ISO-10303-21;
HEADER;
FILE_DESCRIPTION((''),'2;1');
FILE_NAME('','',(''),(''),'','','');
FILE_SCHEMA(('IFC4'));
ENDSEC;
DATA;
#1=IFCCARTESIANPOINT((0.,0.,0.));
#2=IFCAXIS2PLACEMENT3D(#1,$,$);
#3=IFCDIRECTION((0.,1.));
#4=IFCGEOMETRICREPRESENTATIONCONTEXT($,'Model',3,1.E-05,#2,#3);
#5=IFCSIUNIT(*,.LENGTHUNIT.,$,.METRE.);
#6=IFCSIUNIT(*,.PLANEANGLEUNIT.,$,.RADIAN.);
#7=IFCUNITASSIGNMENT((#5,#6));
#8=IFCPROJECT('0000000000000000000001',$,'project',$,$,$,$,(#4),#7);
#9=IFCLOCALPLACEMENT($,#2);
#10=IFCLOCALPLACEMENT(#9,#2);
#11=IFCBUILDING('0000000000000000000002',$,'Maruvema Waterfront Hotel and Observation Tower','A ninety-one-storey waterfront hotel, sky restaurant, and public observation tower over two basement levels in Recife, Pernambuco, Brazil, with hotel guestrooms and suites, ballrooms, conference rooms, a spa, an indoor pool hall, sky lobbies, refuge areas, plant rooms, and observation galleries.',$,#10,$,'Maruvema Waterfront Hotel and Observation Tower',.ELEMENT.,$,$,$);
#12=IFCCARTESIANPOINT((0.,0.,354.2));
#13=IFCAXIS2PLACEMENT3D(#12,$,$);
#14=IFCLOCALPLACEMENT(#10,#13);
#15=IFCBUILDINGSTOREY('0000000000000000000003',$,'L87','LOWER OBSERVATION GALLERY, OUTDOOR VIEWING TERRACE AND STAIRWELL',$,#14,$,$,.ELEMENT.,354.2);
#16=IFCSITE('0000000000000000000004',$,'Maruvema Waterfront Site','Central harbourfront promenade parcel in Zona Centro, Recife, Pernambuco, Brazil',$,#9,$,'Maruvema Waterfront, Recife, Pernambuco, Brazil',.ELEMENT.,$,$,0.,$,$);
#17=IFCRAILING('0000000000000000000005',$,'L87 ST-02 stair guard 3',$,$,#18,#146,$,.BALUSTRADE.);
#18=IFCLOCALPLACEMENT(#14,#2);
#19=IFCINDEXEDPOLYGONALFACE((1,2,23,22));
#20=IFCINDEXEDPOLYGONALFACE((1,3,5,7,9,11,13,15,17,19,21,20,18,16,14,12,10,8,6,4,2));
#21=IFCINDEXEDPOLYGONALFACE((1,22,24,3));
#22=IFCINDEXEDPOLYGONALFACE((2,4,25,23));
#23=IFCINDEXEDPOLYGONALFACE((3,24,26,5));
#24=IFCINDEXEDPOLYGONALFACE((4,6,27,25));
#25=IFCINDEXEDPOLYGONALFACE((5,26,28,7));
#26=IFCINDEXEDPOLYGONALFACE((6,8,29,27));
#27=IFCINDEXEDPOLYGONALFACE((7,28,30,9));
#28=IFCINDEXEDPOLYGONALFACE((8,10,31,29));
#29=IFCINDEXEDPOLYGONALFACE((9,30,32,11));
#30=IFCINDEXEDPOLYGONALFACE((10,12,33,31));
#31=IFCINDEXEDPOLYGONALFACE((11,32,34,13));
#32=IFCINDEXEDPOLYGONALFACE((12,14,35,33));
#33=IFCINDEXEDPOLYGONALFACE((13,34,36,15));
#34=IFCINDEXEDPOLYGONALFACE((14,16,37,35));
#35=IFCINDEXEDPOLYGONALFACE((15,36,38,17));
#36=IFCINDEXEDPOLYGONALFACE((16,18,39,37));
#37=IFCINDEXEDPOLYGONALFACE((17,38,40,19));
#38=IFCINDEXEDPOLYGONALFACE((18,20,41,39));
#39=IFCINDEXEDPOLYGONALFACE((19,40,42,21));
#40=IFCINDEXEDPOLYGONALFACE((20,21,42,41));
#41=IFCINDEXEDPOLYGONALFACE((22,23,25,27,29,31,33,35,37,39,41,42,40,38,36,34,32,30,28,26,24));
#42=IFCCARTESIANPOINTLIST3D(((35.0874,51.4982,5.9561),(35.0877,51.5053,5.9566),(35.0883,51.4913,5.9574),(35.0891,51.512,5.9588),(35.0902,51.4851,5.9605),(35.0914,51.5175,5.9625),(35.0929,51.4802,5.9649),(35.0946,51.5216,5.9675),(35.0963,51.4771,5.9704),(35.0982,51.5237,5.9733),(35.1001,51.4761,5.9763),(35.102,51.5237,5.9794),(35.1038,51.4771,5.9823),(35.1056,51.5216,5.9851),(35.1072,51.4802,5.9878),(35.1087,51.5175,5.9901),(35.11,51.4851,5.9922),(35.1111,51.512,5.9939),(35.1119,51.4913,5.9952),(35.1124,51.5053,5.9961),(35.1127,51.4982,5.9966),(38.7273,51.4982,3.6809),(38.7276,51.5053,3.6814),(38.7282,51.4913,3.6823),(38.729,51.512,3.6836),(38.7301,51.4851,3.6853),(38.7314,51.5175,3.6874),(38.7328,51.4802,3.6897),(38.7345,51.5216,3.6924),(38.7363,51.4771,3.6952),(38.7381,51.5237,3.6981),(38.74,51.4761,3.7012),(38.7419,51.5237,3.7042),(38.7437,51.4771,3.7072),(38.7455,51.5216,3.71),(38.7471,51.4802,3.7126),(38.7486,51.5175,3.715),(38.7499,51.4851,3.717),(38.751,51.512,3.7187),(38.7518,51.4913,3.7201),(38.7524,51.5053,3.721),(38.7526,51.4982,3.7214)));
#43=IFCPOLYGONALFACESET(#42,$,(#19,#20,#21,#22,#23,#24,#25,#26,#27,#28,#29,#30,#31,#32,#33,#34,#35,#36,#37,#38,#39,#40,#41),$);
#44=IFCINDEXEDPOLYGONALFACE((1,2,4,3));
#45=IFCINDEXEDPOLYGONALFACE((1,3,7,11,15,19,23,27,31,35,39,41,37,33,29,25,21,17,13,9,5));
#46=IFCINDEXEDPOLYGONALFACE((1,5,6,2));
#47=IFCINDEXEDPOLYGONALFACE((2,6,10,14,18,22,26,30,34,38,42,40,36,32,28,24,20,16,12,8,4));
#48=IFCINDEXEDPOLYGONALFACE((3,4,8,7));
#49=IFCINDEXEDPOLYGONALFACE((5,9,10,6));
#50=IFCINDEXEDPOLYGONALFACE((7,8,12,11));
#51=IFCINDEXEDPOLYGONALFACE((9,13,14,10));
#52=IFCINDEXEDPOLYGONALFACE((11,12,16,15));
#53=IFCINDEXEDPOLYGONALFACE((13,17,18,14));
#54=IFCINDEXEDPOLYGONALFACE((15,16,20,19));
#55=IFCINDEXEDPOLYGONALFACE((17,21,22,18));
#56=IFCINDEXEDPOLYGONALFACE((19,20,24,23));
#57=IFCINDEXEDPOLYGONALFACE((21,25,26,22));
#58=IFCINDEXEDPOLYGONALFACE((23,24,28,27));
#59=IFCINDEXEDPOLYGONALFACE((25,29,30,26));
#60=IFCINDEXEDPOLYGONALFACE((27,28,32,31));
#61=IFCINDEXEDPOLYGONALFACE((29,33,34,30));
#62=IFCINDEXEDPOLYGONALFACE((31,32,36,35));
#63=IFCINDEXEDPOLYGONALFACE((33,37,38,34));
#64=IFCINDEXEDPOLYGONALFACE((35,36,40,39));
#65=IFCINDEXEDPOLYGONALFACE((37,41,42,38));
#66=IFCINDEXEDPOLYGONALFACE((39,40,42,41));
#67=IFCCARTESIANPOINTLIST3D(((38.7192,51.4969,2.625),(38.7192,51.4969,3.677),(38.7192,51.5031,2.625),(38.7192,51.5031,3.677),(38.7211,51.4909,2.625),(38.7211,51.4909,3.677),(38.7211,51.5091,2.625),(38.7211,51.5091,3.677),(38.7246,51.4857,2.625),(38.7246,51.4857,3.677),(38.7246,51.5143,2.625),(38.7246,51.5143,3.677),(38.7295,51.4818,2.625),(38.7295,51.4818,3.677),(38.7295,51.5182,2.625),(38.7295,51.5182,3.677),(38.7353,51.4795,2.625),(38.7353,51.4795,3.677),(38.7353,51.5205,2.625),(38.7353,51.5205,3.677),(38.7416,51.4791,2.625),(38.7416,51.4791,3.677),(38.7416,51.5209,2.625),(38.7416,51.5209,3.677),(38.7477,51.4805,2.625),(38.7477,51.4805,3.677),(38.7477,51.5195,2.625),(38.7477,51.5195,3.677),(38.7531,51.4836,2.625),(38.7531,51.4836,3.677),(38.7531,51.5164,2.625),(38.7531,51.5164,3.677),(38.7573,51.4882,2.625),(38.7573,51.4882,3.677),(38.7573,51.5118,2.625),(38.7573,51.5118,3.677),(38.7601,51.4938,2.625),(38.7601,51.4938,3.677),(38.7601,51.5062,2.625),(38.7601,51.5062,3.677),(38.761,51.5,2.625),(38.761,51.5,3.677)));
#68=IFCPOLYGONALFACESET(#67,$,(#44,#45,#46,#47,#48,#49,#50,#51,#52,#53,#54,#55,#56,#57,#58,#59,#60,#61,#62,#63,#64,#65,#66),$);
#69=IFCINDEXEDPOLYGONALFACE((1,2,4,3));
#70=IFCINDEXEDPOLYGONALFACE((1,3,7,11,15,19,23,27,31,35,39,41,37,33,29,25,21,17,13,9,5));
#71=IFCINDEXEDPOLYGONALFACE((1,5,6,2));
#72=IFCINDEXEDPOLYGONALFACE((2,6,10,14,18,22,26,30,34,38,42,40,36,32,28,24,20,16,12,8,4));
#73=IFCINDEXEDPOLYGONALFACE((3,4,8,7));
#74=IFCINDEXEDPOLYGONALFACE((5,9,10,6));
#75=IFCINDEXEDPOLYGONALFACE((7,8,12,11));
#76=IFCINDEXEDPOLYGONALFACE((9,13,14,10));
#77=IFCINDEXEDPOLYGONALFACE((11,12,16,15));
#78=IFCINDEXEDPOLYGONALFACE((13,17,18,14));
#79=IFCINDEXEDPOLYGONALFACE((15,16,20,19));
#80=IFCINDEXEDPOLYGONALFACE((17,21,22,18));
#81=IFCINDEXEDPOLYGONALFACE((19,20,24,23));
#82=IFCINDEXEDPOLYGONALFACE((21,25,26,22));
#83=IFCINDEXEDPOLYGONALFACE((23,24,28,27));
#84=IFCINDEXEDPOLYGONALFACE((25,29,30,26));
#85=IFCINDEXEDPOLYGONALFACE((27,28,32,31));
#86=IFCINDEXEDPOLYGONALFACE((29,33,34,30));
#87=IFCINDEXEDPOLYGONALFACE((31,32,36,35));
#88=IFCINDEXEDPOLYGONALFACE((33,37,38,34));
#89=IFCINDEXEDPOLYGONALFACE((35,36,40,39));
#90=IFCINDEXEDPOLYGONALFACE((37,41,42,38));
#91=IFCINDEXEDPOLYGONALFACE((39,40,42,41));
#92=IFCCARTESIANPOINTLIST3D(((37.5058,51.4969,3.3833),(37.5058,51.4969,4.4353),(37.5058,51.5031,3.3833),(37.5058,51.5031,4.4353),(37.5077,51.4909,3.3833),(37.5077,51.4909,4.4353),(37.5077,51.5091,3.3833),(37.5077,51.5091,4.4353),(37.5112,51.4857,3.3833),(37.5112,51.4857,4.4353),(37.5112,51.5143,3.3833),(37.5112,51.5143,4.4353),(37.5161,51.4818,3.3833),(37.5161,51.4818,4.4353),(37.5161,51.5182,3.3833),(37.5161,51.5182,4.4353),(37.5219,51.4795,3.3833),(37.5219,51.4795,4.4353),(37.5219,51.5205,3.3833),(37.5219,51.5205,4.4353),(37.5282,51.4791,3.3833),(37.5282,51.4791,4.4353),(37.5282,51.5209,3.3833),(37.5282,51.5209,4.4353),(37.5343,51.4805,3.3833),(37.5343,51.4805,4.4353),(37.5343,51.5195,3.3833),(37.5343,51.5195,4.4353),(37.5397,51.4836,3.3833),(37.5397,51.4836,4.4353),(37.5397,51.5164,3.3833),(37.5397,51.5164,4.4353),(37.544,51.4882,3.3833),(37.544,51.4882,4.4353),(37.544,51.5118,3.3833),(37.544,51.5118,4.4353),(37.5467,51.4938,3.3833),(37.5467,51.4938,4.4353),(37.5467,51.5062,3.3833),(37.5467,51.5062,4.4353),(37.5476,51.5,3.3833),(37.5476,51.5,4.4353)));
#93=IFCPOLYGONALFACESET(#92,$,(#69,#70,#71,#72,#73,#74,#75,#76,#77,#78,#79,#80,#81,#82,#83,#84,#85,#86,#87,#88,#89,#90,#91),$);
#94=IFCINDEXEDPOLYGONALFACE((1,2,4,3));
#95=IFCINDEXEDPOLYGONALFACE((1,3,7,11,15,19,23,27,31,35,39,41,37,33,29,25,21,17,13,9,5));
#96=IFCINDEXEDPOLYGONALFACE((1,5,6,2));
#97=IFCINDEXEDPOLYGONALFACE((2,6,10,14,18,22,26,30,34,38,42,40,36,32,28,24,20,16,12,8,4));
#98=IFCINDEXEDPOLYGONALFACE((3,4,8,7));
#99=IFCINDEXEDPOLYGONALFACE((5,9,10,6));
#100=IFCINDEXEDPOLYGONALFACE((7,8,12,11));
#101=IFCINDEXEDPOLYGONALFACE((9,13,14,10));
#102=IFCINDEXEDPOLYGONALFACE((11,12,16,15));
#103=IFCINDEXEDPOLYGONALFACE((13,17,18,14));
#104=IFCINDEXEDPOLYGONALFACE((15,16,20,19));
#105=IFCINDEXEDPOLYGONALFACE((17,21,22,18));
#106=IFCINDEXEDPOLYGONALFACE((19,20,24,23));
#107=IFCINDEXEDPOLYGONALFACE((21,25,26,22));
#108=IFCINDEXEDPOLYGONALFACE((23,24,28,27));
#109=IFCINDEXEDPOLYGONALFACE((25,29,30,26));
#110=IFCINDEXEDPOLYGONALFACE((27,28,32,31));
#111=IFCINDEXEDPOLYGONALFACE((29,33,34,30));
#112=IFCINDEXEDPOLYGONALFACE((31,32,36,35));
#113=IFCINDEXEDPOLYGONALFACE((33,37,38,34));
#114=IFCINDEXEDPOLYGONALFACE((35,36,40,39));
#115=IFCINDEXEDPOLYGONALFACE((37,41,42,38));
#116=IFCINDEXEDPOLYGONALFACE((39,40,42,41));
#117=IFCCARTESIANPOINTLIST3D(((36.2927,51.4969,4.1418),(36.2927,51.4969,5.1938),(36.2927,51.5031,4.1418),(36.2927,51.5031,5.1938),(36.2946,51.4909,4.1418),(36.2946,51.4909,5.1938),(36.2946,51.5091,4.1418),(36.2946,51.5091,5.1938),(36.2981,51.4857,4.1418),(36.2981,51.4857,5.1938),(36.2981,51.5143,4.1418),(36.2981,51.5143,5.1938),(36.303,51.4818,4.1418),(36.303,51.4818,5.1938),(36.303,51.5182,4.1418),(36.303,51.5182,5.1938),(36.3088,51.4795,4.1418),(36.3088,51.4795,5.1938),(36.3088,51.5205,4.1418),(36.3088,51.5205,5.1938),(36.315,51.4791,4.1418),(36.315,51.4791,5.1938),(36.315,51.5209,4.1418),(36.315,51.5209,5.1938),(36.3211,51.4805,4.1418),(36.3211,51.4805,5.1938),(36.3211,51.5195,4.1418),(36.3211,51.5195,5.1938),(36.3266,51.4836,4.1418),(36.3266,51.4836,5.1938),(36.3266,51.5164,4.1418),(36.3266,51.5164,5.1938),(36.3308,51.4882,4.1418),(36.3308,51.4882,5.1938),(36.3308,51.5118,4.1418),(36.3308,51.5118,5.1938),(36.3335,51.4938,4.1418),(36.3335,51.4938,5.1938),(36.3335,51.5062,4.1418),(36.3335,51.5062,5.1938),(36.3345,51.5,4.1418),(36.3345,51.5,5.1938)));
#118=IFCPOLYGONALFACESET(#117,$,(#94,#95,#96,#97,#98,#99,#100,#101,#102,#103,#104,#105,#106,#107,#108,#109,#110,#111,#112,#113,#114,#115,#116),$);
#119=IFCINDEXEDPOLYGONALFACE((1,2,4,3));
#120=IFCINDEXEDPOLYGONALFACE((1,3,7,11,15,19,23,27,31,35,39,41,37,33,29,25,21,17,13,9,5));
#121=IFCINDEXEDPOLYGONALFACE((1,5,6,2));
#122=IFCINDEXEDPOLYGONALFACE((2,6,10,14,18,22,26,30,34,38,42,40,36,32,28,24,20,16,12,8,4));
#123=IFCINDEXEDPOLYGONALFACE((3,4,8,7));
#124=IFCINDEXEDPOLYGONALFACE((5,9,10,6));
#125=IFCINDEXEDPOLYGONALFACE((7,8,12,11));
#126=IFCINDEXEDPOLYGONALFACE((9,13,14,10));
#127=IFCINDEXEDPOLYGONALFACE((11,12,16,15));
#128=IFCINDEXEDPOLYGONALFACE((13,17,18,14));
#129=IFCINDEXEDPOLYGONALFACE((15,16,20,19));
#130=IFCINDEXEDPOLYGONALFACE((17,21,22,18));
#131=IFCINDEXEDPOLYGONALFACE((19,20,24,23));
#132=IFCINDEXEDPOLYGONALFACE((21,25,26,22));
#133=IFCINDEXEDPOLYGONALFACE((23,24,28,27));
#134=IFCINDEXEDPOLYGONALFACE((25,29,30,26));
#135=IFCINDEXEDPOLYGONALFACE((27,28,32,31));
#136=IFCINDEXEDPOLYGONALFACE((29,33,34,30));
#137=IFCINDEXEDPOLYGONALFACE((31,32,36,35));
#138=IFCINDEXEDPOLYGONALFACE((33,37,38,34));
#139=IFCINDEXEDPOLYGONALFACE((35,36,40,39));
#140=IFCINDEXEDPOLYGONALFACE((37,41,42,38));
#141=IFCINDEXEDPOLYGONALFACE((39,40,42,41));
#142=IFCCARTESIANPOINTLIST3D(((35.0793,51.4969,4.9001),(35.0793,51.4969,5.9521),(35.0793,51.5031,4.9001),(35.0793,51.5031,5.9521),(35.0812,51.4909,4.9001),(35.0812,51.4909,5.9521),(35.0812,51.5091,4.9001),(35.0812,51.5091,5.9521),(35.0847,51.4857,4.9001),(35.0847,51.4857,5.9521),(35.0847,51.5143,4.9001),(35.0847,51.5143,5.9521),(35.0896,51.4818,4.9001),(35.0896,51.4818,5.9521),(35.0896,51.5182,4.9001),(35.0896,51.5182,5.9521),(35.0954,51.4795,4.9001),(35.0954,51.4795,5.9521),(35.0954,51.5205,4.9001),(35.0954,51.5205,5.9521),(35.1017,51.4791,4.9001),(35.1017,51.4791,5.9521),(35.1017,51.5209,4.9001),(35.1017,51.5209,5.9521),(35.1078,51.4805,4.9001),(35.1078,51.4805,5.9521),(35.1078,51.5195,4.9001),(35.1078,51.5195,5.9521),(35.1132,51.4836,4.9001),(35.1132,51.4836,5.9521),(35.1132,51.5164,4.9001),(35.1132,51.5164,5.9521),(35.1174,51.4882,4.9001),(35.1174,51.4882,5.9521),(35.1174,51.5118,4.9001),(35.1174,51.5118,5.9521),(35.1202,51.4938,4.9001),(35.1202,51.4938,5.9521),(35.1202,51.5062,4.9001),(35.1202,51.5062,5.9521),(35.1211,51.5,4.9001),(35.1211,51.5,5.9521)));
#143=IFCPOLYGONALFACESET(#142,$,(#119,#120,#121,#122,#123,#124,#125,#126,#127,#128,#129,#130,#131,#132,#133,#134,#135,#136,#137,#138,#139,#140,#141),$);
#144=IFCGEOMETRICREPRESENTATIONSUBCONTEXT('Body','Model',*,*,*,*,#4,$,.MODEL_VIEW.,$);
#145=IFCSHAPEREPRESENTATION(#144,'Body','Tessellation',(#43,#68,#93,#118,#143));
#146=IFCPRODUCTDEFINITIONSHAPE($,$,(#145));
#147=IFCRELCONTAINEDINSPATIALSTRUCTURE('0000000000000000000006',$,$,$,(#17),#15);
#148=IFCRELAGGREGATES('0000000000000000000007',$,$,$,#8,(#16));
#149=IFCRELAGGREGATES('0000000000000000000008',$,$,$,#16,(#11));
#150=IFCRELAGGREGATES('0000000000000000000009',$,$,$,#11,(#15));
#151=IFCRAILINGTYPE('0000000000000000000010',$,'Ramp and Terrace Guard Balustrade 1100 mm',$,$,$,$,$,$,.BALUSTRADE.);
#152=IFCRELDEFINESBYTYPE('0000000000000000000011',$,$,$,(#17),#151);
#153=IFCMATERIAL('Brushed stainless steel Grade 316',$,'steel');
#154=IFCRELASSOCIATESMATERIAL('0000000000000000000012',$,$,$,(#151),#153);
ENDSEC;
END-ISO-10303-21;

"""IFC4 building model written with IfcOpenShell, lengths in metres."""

from ifc_helpers import new_model, si_unit, direction, frame, origin, origin_2d, place, context, subcontext, project, spatial, circle, extrude, material, type_object, element, save


model = new_model("IFC4")

# Units and contexts
model_context = context("Model", 3, precision=1e-05, world=origin(), true_north=direction((0.0, 1.0)))
body_context = subcontext(model_context, "Body", "Model", "MODEL_VIEW")
ifc_project = project(units=[si_unit("LENGTHUNIT", "METRE"), si_unit("PLANEANGLEUNIT", "RADIAN")], contexts=[model_context])

# Site, building, storey
site_placement = place(None, origin())
site = spatial("IfcSite", under=ifc_project, at=site_placement, Name="Maruvema Waterfront Site", Description="Central harbourfront promenade parcel in Zona Centro, Recife, Pernambuco, Brazil", LongName="Maruvema Waterfront, Recife, Pernambuco, Brazil", CompositionType="ELEMENT", RefElevation=0.0)
building_placement = place(site_placement, origin())
building = spatial("IfcBuilding", under=site, at=building_placement, Name="Maruvema Waterfront Hotel and Observation Tower", Description="A ninety-one-storey waterfront hotel, sky restaurant, and public observation tower over two basement levels in Recife, Pernambuco, Brazil, with hotel guestrooms and suites, ballrooms, conference rooms, a spa, an indoor pool hall, sky lobbies, refuge areas, plant rooms, and observation galleries.", LongName="Maruvema Waterfront Hotel and Observation Tower", CompositionType="ELEMENT")
storey_placement = place(building_placement, frame((0.0, 0.0, 354.2)))
storey = spatial("IfcBuildingStorey", under=building, at=storey_placement, Name="L87", Description="LOWER OBSERVATION GALLERY, OUTDOOR VIEWING TERRACE AND STAIRWELL", CompositionType="ELEMENT", Elevation=354.2)

# Railing
ifc_material_1 = material(Name="Brushed stainless steel Grade 316", Category="steel")
railing_type_1 = type_object("IfcRailingType", Name="Ramp and Terrace Guard Balustrade 1100 mm", PredefinedType="BALUSTRADE", material=ifc_material_1)
railing_1_placement = place(storey_placement, frame((38.74, 51.5, 2.625)))
element("IfcRailing", 1, at=railing_1_placement, inside=storey, type_object=railing_type_1, Name="L87 ST-02 stair guard 3", PredefinedType="BALUSTRADE", context=body_context, shape_type="SweptSolid", body=[
    extrude(circle(Radius=0.0239, at=origin_2d()), frame((0.0, 0.0, 1.0762), z_axis=(-0.847976, 0.0, 0.530035), x_axis=(0.0, -1.0, 0.0)), (0.0, 0.0, 1.0), 4.2925),
    extrude(circle(Radius=0.021, at=origin_2d()), origin(), (0.0, 0.0, 1.0), 1.052),
    extrude(circle(Radius=0.021, at=origin_2d()), frame((-1.2134, 0.0, 0.7583)), (0.0, 0.0, 1.0), 1.052),
    extrude(circle(Radius=0.021, at=origin_2d()), frame((-2.4265, 0.0, 1.5168)), (0.0, 0.0, 1.0), 1.052),
    extrude(circle(Radius=0.021, at=origin_2d()), frame((-3.6399, 0.0, 2.2751)), (0.0, 0.0, 1.0), 1.052),
])

save(model, "model.ifc")
